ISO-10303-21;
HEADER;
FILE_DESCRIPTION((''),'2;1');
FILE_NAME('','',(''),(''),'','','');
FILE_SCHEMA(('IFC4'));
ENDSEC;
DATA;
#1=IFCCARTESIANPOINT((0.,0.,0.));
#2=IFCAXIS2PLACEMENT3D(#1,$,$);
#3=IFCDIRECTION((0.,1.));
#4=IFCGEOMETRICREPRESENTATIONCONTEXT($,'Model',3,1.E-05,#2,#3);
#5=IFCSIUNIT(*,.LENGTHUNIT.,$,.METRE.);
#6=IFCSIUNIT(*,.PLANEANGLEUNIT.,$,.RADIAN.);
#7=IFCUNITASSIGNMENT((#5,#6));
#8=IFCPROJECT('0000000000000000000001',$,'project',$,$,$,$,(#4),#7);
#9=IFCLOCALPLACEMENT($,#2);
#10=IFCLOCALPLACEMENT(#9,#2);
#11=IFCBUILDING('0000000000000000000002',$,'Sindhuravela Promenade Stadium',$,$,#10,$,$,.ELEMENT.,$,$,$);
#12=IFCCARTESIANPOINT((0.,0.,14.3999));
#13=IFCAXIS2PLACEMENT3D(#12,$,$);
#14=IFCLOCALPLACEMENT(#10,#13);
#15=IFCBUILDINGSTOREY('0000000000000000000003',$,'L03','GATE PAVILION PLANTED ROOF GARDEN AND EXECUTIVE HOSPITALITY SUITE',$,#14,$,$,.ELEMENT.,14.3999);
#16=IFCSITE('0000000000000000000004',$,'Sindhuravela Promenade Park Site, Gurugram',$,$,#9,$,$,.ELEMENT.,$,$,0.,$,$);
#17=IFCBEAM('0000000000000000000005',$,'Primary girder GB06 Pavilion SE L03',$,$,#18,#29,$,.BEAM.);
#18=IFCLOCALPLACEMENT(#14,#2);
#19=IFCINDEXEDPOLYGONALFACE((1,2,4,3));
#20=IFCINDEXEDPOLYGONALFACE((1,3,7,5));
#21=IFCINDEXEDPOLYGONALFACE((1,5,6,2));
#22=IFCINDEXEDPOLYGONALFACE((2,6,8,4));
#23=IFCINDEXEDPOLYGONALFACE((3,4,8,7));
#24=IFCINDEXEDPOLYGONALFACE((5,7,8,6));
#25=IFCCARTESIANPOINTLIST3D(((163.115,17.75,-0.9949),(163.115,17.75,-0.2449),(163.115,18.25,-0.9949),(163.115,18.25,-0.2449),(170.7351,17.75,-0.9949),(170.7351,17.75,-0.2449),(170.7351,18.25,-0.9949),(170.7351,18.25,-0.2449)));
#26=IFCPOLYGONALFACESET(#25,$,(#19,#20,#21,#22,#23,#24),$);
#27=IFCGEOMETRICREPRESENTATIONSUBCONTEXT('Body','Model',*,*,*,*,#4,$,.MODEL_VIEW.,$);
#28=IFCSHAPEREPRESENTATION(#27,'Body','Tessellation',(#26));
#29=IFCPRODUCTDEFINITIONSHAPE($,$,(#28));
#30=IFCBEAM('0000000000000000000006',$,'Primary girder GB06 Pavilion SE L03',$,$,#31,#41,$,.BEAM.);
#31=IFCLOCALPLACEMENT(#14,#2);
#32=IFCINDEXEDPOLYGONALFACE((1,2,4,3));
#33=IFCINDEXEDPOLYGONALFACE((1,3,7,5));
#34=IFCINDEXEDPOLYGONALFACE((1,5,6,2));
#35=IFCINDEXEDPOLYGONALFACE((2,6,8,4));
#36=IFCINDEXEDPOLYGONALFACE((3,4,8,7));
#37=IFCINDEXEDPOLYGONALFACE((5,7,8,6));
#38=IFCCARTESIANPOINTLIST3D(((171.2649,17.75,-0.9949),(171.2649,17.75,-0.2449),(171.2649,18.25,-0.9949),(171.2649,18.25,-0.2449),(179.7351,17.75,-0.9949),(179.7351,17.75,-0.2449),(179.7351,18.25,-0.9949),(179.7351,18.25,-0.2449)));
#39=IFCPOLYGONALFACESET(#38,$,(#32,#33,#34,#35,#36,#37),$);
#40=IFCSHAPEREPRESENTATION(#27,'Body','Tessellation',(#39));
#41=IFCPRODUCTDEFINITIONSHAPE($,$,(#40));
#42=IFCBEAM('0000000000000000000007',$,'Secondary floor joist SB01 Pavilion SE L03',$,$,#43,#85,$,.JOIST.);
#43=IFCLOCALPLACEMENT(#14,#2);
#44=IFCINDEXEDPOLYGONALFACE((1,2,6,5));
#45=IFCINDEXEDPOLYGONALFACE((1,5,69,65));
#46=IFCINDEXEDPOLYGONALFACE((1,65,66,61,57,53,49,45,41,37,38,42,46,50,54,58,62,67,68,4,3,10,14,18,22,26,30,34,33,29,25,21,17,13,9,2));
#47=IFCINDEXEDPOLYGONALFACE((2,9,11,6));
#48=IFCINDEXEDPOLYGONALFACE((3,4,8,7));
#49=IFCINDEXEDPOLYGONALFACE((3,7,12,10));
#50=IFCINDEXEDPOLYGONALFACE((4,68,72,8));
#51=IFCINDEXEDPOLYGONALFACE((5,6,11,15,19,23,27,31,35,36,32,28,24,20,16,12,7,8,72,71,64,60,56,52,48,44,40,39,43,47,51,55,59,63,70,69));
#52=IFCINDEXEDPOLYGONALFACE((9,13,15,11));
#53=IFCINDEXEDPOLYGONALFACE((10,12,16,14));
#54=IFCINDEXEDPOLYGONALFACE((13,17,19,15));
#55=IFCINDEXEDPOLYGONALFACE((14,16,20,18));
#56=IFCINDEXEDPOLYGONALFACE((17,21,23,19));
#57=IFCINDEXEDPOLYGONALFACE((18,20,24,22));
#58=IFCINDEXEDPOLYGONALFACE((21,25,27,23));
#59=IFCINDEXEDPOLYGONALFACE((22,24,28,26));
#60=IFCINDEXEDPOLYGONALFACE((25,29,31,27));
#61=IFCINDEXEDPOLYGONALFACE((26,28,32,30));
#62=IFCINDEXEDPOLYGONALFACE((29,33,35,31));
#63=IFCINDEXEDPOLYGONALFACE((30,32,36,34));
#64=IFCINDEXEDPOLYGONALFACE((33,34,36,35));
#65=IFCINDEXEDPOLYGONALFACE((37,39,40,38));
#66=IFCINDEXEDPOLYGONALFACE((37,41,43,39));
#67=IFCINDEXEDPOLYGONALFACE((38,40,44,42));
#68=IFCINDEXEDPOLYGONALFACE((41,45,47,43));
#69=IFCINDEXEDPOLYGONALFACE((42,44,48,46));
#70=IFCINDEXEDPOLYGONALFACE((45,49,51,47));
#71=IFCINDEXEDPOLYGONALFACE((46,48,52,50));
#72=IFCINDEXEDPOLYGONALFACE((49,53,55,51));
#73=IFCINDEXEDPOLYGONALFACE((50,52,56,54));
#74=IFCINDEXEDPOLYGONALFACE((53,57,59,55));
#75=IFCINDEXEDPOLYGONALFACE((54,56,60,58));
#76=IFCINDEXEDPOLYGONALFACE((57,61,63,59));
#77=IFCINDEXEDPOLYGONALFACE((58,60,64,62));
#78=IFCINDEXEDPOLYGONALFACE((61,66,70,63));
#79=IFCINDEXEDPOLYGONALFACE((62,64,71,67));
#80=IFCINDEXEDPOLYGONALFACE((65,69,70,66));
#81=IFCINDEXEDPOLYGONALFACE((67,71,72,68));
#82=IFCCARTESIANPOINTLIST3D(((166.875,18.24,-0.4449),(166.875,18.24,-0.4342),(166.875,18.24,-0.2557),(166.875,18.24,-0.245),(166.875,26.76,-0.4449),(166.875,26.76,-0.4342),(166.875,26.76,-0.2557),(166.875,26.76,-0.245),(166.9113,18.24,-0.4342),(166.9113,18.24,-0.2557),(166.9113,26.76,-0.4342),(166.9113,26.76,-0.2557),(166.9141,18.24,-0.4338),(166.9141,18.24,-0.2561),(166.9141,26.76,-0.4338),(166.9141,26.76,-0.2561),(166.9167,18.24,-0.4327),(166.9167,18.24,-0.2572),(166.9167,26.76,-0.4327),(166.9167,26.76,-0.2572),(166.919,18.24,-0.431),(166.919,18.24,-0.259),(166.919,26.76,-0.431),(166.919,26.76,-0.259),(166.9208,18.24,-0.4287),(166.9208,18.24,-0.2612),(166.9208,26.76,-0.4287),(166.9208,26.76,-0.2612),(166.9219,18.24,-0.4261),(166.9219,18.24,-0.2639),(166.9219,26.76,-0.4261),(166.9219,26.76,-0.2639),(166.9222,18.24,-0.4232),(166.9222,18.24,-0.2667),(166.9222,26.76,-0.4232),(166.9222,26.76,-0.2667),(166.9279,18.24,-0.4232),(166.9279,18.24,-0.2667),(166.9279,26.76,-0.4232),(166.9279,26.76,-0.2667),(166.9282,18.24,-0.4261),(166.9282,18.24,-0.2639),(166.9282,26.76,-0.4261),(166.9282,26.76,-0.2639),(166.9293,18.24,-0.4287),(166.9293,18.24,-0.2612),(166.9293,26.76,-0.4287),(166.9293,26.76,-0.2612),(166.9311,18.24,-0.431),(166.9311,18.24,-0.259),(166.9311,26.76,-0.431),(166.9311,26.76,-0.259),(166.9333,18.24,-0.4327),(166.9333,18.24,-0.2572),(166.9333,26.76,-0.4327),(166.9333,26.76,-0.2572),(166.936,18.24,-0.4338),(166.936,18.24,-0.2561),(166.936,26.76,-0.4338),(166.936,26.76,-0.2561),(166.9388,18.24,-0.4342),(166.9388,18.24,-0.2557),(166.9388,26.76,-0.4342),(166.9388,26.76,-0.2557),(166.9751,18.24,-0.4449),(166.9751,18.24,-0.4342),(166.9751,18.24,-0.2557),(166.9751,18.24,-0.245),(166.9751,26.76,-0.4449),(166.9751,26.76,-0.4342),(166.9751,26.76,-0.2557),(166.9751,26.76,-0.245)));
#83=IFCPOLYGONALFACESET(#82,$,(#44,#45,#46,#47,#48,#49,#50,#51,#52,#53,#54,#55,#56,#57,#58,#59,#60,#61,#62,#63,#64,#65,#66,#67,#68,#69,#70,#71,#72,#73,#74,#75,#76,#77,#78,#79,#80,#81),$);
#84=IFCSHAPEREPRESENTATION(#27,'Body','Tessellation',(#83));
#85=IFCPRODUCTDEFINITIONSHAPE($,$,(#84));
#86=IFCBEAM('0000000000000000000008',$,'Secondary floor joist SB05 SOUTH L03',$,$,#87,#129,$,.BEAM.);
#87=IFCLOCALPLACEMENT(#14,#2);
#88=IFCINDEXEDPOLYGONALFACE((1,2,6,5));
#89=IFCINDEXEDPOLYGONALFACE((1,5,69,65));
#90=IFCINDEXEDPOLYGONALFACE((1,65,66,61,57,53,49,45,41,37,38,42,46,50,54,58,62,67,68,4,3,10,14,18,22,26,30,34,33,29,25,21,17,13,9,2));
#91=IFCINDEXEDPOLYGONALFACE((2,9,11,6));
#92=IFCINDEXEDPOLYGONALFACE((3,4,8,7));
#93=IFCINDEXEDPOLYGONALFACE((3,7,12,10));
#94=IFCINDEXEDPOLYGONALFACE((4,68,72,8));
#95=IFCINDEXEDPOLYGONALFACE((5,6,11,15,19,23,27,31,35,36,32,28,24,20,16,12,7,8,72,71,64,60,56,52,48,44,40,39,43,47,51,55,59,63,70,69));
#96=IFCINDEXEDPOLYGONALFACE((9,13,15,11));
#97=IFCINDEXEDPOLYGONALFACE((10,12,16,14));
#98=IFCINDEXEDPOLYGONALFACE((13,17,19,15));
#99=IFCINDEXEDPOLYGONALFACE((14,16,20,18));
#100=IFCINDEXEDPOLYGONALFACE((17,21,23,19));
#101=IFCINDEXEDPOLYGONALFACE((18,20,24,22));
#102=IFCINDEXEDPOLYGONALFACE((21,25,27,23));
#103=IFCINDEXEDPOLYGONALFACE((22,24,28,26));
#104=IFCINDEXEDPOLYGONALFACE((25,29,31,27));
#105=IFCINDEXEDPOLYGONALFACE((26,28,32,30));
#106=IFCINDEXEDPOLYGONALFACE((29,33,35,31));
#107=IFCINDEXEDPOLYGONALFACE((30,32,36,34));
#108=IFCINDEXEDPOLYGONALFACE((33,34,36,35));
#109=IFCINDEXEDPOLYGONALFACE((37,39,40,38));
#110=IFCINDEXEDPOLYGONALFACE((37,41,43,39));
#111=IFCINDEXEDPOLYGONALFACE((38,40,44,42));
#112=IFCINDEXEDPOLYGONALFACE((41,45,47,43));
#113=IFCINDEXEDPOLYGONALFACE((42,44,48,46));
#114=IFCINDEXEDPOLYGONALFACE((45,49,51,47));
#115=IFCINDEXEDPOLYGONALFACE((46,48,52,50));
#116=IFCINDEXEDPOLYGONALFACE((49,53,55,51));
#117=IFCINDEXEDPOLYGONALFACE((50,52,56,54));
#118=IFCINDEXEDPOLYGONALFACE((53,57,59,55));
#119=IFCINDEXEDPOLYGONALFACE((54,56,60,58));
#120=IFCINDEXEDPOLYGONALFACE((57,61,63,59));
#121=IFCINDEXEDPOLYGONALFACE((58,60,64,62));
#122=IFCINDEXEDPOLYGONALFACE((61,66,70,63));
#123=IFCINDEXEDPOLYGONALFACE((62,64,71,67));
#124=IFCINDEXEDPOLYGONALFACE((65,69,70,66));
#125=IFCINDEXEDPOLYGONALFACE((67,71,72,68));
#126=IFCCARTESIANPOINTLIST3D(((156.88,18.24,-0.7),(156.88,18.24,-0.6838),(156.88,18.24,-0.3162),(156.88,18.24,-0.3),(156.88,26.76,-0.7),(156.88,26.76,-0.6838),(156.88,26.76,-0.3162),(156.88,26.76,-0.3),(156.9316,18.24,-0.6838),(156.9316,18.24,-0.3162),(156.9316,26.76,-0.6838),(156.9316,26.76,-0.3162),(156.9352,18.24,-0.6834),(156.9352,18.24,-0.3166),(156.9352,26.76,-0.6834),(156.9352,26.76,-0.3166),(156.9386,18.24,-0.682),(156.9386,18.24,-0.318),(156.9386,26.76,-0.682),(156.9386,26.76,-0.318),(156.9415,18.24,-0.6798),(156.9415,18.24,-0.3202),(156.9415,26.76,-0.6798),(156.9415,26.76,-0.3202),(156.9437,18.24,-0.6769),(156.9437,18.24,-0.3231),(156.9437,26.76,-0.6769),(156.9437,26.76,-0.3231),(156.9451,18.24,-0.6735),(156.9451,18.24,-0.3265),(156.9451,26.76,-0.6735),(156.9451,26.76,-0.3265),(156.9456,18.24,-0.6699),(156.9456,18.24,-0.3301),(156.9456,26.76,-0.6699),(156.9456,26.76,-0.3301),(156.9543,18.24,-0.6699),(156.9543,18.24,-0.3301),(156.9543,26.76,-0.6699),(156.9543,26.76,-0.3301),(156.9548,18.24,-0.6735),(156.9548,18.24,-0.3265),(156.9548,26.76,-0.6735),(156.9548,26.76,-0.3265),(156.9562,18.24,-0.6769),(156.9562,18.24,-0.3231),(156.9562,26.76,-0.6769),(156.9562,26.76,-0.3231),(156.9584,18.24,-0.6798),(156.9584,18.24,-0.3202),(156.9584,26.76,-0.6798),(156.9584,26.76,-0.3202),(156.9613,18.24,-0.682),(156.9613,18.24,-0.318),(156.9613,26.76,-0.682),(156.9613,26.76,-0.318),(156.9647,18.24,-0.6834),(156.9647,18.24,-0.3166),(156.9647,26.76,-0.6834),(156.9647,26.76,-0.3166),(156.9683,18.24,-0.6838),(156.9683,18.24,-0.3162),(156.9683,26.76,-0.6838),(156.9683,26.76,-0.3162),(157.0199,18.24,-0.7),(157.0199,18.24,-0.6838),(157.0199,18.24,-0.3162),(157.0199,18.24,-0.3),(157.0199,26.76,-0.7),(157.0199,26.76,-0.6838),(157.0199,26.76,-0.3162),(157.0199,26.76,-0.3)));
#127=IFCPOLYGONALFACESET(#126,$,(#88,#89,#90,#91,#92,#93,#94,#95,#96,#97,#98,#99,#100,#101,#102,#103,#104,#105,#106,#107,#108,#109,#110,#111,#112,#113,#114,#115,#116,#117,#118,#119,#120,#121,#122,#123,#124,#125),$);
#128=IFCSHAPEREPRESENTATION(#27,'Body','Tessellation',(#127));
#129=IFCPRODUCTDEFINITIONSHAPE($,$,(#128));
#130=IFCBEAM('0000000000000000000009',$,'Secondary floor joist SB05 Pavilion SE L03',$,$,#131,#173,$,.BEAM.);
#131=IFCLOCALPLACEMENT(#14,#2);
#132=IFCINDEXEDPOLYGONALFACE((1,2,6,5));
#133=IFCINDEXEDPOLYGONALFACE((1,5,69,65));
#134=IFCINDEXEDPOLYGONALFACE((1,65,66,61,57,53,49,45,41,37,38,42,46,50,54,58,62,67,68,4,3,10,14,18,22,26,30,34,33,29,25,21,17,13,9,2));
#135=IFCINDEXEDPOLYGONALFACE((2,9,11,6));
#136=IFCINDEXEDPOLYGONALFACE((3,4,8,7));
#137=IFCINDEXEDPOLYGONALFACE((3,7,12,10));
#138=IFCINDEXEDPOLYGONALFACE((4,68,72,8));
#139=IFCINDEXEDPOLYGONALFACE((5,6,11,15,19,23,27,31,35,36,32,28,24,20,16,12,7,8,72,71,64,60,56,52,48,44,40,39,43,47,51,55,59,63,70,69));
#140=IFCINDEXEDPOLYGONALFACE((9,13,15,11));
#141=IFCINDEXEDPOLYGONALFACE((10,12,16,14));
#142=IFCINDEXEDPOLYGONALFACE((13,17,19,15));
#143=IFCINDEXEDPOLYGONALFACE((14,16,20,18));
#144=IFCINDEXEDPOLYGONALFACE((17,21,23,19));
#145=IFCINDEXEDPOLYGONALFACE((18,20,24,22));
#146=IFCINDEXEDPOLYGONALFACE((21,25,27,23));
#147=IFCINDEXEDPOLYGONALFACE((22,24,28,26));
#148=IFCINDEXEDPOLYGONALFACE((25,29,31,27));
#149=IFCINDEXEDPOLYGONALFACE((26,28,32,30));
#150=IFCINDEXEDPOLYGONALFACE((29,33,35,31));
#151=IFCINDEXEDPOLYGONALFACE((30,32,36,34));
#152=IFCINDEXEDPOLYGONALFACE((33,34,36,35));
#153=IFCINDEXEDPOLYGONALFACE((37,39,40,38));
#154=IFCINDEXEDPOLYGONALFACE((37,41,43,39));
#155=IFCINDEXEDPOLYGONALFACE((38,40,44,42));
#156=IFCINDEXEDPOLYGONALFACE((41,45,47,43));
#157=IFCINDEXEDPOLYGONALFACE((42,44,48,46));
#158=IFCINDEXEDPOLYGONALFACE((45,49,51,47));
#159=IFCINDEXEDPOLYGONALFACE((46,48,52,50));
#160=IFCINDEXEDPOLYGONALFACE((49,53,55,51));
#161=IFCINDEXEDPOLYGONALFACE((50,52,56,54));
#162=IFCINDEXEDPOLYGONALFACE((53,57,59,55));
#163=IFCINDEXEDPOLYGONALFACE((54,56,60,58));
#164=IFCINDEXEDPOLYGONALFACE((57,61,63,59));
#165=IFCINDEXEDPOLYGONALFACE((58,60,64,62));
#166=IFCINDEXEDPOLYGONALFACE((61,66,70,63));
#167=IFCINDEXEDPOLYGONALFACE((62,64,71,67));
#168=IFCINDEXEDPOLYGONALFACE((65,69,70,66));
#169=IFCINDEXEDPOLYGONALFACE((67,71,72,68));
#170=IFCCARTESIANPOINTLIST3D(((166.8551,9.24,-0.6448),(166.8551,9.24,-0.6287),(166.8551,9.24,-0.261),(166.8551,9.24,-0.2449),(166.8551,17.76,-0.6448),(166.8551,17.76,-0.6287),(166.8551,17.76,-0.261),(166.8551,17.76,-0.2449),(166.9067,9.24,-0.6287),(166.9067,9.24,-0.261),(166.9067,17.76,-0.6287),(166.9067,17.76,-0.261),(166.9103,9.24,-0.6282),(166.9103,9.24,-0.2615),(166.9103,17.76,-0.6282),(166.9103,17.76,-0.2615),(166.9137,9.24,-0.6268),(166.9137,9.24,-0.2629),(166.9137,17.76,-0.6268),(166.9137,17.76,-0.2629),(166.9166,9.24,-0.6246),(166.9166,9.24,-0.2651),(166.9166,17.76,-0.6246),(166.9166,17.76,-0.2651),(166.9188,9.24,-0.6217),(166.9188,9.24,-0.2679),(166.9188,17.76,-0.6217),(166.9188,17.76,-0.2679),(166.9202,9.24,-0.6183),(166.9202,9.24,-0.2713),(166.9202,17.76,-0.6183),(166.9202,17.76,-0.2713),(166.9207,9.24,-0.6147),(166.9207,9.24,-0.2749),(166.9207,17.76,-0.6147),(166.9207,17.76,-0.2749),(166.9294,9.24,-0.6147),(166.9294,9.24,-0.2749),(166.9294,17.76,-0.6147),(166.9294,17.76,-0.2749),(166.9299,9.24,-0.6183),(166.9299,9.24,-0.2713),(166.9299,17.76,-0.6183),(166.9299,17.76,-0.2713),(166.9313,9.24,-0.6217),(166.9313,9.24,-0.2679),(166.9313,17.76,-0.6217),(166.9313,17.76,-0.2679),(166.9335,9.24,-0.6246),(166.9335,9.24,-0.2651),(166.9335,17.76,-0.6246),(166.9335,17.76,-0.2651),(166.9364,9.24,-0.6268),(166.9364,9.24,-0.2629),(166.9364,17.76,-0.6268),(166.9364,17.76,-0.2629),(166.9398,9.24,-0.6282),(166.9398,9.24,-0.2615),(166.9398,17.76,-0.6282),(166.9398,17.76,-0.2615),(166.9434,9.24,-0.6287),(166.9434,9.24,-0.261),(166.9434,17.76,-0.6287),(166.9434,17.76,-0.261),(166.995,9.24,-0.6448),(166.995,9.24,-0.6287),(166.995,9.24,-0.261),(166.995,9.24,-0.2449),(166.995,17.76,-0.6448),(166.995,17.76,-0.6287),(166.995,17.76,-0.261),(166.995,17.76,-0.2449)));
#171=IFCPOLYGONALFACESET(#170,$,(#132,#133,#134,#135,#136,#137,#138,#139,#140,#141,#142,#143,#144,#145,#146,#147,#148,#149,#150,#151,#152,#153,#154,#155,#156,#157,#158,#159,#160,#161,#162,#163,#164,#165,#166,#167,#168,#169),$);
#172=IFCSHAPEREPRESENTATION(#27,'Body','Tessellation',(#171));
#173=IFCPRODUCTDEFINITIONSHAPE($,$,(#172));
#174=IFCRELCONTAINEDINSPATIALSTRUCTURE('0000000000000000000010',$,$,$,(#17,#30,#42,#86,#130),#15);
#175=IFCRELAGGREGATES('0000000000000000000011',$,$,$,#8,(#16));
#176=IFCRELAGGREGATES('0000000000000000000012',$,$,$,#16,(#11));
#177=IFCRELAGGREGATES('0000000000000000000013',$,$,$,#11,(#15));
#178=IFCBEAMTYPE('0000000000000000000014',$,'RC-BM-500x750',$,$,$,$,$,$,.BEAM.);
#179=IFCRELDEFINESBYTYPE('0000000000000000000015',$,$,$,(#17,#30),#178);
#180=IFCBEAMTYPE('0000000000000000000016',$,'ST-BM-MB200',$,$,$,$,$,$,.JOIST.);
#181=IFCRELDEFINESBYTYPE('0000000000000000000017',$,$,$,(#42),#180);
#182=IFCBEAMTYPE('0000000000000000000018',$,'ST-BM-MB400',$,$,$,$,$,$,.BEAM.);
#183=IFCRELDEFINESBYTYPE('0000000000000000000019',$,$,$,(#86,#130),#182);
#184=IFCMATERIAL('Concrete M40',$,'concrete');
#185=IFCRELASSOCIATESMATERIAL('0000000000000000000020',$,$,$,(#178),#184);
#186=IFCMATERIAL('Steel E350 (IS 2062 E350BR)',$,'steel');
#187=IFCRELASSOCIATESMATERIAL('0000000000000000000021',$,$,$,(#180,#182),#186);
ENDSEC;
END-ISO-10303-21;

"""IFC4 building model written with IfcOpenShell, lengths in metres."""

from ifc_helpers import new_model, si_unit, direction, frame, origin, origin_2d, place, context, subcontext, project, spatial, rectangle, i_section, extrude, material, material_profile, profile_set, type_object, element, save


model = new_model("IFC4")

# Units and contexts
model_context = context("Model", 3, precision=1e-05, world=origin(), true_north=direction((0.0, 1.0)))
body_context = subcontext(model_context, "Body", "Model", "MODEL_VIEW")
ifc_project = project(units=[si_unit("LENGTHUNIT", "METRE"), si_unit("PLANEANGLEUNIT", "RADIAN")], contexts=[model_context])

# Site, building, storey
site_placement = place(None, origin())
site = spatial("IfcSite", under=ifc_project, at=site_placement, Name="Sindhuravela Promenade Park Site, Gurugram", CompositionType="ELEMENT", RefElevation=0.0)
building_placement = place(site_placement, origin())
building = spatial("IfcBuilding", under=site, at=building_placement, Name="Sindhuravela Promenade Stadium", CompositionType="ELEMENT")
storey_placement = place(building_placement, frame((0.0, 0.0, 14.3999)))
storey = spatial("IfcBuildingStorey", under=building, at=storey_placement, Name="L03", Description="GATE PAVILION PLANTED ROOF GARDEN AND EXECUTIVE HOSPITALITY SUITE", CompositionType="ELEMENT", Elevation=14.3999)

# Shared definitions
ifc_material_1 = material(Name="Concrete M40", Category="concrete")

# Beams
ifc_material_profile_1 = material_profile(ifc_material_1, rectangle(XDim=0.5, YDim=0.75, at=origin_2d()), Name="RC 500x750")
ifc_profile_set_1 = profile_set([ifc_material_profile_1], Name="Concrete M40")
beam_type_1 = type_object("IfcBeamType", Name="RC-BM-500x750", PredefinedType="BEAM", material=ifc_profile_set_1)
beam_1_placement = place(storey_placement, frame((163.115, 18.0, -0.6199), z_axis=(1.0, 0.0, 0.0), x_axis=(0.0, 1.0, 0.0)))
element("IfcBeam", 1, at=beam_1_placement, inside=storey, type_object=beam_type_1, Name="Primary girder GB06 Pavilion SE L03", PredefinedType="BEAM", context=body_context, shape_type="SweptSolid", body=[
    extrude(rectangle(XDim=0.5, YDim=0.75, at=origin_2d()), origin(), (0.0, 0.0, 1.0), 7.6201),
])
beam_2_placement = place(storey_placement, frame((171.2649, 18.0, -0.6199), z_axis=(1.0, 0.0, 0.0), x_axis=(0.0, 1.0, 0.0)))
element("IfcBeam", 2, at=beam_2_placement, inside=storey, type_object=beam_type_1, Name="Primary girder GB06 Pavilion SE L03", PredefinedType="BEAM", context=body_context, shape_type="SweptSolid", body=[
    extrude(rectangle(XDim=0.5, YDim=0.75, at=origin_2d()), origin(), (0.0, 0.0, 1.0), 8.4702),
])
ifc_material_2 = material(Name="Steel E350 (IS 2062 E350BR)", Category="steel")
ifc_material_profile_2 = material_profile(ifc_material_2, i_section(OverallWidth=0.1001, OverallDepth=0.2, WebThickness=0.0056, FlangeThickness=0.0107, FilletRadius=0.011, at=origin_2d()), Name="ISMB 200")
ifc_profile_set_2 = profile_set([ifc_material_profile_2], Name="Steel E350 (IS 2062 E350BR)")
beam_type_2 = type_object("IfcBeamType", Name="ST-BM-MB200", PredefinedType="JOIST", material=ifc_profile_set_2)
beam_3_placement = place(storey_placement, frame((166.925, 18.24, -0.345), z_axis=(0.0, 1.0, 0.0), x_axis=(-1.0, 0.0, 0.0)))
element("IfcBeam", 3, at=beam_3_placement, inside=storey, type_object=beam_type_2, Name="Secondary floor joist SB01 Pavilion SE L03", PredefinedType="JOIST", context=body_context, shape_type="SweptSolid", body=[
    extrude(i_section(OverallWidth=0.1001, OverallDepth=0.2, WebThickness=0.0056, FlangeThickness=0.0107, FilletRadius=0.011, at=origin_2d()), origin(), (0.0, 0.0, 1.0), 8.52),
])
ifc_material_profile_3 = material_profile(ifc_material_2, i_section(OverallWidth=0.1399, OverallDepth=0.3999, WebThickness=0.0088, FlangeThickness=0.0161, FilletRadius=0.0139, at=origin_2d()), Name="ISMB 400")
ifc_profile_set_3 = profile_set([ifc_material_profile_3], Name="Steel E350 (IS 2062 E350BR)")
beam_type_3 = type_object("IfcBeamType", Name="ST-BM-MB400", PredefinedType="BEAM", material=ifc_profile_set_3)
for number, where, z_axis, x_axis, name in (
    (4, (156.95, 18.24, -0.5), (0.0, 1.0, 0.0), (-1.0, 0.0, 0.0), "Secondary floor joist SB05 SOUTH L03"),
    (5, (166.925, 9.24, -0.4448), (0.0, 1.0, 0.0), (-1.0, 0.0, 0.0), "Secondary floor joist SB05 Pavilion SE L03"),
):
    element("IfcBeam", number, at=place(storey_placement, frame(where, z_axis=z_axis, x_axis=x_axis)), inside=storey, type_object=beam_type_3, Name=name, PredefinedType="BEAM", context=body_context, shape_type="SweptSolid", body=[
        extrude(i_section(OverallWidth=0.1399, OverallDepth=0.3999, WebThickness=0.0088, FlangeThickness=0.0161, FilletRadius=0.0139, at=origin_2d()), origin(), (0.0, 0.0, 1.0), 8.52),
    ])

save(model, "model.ifc")
